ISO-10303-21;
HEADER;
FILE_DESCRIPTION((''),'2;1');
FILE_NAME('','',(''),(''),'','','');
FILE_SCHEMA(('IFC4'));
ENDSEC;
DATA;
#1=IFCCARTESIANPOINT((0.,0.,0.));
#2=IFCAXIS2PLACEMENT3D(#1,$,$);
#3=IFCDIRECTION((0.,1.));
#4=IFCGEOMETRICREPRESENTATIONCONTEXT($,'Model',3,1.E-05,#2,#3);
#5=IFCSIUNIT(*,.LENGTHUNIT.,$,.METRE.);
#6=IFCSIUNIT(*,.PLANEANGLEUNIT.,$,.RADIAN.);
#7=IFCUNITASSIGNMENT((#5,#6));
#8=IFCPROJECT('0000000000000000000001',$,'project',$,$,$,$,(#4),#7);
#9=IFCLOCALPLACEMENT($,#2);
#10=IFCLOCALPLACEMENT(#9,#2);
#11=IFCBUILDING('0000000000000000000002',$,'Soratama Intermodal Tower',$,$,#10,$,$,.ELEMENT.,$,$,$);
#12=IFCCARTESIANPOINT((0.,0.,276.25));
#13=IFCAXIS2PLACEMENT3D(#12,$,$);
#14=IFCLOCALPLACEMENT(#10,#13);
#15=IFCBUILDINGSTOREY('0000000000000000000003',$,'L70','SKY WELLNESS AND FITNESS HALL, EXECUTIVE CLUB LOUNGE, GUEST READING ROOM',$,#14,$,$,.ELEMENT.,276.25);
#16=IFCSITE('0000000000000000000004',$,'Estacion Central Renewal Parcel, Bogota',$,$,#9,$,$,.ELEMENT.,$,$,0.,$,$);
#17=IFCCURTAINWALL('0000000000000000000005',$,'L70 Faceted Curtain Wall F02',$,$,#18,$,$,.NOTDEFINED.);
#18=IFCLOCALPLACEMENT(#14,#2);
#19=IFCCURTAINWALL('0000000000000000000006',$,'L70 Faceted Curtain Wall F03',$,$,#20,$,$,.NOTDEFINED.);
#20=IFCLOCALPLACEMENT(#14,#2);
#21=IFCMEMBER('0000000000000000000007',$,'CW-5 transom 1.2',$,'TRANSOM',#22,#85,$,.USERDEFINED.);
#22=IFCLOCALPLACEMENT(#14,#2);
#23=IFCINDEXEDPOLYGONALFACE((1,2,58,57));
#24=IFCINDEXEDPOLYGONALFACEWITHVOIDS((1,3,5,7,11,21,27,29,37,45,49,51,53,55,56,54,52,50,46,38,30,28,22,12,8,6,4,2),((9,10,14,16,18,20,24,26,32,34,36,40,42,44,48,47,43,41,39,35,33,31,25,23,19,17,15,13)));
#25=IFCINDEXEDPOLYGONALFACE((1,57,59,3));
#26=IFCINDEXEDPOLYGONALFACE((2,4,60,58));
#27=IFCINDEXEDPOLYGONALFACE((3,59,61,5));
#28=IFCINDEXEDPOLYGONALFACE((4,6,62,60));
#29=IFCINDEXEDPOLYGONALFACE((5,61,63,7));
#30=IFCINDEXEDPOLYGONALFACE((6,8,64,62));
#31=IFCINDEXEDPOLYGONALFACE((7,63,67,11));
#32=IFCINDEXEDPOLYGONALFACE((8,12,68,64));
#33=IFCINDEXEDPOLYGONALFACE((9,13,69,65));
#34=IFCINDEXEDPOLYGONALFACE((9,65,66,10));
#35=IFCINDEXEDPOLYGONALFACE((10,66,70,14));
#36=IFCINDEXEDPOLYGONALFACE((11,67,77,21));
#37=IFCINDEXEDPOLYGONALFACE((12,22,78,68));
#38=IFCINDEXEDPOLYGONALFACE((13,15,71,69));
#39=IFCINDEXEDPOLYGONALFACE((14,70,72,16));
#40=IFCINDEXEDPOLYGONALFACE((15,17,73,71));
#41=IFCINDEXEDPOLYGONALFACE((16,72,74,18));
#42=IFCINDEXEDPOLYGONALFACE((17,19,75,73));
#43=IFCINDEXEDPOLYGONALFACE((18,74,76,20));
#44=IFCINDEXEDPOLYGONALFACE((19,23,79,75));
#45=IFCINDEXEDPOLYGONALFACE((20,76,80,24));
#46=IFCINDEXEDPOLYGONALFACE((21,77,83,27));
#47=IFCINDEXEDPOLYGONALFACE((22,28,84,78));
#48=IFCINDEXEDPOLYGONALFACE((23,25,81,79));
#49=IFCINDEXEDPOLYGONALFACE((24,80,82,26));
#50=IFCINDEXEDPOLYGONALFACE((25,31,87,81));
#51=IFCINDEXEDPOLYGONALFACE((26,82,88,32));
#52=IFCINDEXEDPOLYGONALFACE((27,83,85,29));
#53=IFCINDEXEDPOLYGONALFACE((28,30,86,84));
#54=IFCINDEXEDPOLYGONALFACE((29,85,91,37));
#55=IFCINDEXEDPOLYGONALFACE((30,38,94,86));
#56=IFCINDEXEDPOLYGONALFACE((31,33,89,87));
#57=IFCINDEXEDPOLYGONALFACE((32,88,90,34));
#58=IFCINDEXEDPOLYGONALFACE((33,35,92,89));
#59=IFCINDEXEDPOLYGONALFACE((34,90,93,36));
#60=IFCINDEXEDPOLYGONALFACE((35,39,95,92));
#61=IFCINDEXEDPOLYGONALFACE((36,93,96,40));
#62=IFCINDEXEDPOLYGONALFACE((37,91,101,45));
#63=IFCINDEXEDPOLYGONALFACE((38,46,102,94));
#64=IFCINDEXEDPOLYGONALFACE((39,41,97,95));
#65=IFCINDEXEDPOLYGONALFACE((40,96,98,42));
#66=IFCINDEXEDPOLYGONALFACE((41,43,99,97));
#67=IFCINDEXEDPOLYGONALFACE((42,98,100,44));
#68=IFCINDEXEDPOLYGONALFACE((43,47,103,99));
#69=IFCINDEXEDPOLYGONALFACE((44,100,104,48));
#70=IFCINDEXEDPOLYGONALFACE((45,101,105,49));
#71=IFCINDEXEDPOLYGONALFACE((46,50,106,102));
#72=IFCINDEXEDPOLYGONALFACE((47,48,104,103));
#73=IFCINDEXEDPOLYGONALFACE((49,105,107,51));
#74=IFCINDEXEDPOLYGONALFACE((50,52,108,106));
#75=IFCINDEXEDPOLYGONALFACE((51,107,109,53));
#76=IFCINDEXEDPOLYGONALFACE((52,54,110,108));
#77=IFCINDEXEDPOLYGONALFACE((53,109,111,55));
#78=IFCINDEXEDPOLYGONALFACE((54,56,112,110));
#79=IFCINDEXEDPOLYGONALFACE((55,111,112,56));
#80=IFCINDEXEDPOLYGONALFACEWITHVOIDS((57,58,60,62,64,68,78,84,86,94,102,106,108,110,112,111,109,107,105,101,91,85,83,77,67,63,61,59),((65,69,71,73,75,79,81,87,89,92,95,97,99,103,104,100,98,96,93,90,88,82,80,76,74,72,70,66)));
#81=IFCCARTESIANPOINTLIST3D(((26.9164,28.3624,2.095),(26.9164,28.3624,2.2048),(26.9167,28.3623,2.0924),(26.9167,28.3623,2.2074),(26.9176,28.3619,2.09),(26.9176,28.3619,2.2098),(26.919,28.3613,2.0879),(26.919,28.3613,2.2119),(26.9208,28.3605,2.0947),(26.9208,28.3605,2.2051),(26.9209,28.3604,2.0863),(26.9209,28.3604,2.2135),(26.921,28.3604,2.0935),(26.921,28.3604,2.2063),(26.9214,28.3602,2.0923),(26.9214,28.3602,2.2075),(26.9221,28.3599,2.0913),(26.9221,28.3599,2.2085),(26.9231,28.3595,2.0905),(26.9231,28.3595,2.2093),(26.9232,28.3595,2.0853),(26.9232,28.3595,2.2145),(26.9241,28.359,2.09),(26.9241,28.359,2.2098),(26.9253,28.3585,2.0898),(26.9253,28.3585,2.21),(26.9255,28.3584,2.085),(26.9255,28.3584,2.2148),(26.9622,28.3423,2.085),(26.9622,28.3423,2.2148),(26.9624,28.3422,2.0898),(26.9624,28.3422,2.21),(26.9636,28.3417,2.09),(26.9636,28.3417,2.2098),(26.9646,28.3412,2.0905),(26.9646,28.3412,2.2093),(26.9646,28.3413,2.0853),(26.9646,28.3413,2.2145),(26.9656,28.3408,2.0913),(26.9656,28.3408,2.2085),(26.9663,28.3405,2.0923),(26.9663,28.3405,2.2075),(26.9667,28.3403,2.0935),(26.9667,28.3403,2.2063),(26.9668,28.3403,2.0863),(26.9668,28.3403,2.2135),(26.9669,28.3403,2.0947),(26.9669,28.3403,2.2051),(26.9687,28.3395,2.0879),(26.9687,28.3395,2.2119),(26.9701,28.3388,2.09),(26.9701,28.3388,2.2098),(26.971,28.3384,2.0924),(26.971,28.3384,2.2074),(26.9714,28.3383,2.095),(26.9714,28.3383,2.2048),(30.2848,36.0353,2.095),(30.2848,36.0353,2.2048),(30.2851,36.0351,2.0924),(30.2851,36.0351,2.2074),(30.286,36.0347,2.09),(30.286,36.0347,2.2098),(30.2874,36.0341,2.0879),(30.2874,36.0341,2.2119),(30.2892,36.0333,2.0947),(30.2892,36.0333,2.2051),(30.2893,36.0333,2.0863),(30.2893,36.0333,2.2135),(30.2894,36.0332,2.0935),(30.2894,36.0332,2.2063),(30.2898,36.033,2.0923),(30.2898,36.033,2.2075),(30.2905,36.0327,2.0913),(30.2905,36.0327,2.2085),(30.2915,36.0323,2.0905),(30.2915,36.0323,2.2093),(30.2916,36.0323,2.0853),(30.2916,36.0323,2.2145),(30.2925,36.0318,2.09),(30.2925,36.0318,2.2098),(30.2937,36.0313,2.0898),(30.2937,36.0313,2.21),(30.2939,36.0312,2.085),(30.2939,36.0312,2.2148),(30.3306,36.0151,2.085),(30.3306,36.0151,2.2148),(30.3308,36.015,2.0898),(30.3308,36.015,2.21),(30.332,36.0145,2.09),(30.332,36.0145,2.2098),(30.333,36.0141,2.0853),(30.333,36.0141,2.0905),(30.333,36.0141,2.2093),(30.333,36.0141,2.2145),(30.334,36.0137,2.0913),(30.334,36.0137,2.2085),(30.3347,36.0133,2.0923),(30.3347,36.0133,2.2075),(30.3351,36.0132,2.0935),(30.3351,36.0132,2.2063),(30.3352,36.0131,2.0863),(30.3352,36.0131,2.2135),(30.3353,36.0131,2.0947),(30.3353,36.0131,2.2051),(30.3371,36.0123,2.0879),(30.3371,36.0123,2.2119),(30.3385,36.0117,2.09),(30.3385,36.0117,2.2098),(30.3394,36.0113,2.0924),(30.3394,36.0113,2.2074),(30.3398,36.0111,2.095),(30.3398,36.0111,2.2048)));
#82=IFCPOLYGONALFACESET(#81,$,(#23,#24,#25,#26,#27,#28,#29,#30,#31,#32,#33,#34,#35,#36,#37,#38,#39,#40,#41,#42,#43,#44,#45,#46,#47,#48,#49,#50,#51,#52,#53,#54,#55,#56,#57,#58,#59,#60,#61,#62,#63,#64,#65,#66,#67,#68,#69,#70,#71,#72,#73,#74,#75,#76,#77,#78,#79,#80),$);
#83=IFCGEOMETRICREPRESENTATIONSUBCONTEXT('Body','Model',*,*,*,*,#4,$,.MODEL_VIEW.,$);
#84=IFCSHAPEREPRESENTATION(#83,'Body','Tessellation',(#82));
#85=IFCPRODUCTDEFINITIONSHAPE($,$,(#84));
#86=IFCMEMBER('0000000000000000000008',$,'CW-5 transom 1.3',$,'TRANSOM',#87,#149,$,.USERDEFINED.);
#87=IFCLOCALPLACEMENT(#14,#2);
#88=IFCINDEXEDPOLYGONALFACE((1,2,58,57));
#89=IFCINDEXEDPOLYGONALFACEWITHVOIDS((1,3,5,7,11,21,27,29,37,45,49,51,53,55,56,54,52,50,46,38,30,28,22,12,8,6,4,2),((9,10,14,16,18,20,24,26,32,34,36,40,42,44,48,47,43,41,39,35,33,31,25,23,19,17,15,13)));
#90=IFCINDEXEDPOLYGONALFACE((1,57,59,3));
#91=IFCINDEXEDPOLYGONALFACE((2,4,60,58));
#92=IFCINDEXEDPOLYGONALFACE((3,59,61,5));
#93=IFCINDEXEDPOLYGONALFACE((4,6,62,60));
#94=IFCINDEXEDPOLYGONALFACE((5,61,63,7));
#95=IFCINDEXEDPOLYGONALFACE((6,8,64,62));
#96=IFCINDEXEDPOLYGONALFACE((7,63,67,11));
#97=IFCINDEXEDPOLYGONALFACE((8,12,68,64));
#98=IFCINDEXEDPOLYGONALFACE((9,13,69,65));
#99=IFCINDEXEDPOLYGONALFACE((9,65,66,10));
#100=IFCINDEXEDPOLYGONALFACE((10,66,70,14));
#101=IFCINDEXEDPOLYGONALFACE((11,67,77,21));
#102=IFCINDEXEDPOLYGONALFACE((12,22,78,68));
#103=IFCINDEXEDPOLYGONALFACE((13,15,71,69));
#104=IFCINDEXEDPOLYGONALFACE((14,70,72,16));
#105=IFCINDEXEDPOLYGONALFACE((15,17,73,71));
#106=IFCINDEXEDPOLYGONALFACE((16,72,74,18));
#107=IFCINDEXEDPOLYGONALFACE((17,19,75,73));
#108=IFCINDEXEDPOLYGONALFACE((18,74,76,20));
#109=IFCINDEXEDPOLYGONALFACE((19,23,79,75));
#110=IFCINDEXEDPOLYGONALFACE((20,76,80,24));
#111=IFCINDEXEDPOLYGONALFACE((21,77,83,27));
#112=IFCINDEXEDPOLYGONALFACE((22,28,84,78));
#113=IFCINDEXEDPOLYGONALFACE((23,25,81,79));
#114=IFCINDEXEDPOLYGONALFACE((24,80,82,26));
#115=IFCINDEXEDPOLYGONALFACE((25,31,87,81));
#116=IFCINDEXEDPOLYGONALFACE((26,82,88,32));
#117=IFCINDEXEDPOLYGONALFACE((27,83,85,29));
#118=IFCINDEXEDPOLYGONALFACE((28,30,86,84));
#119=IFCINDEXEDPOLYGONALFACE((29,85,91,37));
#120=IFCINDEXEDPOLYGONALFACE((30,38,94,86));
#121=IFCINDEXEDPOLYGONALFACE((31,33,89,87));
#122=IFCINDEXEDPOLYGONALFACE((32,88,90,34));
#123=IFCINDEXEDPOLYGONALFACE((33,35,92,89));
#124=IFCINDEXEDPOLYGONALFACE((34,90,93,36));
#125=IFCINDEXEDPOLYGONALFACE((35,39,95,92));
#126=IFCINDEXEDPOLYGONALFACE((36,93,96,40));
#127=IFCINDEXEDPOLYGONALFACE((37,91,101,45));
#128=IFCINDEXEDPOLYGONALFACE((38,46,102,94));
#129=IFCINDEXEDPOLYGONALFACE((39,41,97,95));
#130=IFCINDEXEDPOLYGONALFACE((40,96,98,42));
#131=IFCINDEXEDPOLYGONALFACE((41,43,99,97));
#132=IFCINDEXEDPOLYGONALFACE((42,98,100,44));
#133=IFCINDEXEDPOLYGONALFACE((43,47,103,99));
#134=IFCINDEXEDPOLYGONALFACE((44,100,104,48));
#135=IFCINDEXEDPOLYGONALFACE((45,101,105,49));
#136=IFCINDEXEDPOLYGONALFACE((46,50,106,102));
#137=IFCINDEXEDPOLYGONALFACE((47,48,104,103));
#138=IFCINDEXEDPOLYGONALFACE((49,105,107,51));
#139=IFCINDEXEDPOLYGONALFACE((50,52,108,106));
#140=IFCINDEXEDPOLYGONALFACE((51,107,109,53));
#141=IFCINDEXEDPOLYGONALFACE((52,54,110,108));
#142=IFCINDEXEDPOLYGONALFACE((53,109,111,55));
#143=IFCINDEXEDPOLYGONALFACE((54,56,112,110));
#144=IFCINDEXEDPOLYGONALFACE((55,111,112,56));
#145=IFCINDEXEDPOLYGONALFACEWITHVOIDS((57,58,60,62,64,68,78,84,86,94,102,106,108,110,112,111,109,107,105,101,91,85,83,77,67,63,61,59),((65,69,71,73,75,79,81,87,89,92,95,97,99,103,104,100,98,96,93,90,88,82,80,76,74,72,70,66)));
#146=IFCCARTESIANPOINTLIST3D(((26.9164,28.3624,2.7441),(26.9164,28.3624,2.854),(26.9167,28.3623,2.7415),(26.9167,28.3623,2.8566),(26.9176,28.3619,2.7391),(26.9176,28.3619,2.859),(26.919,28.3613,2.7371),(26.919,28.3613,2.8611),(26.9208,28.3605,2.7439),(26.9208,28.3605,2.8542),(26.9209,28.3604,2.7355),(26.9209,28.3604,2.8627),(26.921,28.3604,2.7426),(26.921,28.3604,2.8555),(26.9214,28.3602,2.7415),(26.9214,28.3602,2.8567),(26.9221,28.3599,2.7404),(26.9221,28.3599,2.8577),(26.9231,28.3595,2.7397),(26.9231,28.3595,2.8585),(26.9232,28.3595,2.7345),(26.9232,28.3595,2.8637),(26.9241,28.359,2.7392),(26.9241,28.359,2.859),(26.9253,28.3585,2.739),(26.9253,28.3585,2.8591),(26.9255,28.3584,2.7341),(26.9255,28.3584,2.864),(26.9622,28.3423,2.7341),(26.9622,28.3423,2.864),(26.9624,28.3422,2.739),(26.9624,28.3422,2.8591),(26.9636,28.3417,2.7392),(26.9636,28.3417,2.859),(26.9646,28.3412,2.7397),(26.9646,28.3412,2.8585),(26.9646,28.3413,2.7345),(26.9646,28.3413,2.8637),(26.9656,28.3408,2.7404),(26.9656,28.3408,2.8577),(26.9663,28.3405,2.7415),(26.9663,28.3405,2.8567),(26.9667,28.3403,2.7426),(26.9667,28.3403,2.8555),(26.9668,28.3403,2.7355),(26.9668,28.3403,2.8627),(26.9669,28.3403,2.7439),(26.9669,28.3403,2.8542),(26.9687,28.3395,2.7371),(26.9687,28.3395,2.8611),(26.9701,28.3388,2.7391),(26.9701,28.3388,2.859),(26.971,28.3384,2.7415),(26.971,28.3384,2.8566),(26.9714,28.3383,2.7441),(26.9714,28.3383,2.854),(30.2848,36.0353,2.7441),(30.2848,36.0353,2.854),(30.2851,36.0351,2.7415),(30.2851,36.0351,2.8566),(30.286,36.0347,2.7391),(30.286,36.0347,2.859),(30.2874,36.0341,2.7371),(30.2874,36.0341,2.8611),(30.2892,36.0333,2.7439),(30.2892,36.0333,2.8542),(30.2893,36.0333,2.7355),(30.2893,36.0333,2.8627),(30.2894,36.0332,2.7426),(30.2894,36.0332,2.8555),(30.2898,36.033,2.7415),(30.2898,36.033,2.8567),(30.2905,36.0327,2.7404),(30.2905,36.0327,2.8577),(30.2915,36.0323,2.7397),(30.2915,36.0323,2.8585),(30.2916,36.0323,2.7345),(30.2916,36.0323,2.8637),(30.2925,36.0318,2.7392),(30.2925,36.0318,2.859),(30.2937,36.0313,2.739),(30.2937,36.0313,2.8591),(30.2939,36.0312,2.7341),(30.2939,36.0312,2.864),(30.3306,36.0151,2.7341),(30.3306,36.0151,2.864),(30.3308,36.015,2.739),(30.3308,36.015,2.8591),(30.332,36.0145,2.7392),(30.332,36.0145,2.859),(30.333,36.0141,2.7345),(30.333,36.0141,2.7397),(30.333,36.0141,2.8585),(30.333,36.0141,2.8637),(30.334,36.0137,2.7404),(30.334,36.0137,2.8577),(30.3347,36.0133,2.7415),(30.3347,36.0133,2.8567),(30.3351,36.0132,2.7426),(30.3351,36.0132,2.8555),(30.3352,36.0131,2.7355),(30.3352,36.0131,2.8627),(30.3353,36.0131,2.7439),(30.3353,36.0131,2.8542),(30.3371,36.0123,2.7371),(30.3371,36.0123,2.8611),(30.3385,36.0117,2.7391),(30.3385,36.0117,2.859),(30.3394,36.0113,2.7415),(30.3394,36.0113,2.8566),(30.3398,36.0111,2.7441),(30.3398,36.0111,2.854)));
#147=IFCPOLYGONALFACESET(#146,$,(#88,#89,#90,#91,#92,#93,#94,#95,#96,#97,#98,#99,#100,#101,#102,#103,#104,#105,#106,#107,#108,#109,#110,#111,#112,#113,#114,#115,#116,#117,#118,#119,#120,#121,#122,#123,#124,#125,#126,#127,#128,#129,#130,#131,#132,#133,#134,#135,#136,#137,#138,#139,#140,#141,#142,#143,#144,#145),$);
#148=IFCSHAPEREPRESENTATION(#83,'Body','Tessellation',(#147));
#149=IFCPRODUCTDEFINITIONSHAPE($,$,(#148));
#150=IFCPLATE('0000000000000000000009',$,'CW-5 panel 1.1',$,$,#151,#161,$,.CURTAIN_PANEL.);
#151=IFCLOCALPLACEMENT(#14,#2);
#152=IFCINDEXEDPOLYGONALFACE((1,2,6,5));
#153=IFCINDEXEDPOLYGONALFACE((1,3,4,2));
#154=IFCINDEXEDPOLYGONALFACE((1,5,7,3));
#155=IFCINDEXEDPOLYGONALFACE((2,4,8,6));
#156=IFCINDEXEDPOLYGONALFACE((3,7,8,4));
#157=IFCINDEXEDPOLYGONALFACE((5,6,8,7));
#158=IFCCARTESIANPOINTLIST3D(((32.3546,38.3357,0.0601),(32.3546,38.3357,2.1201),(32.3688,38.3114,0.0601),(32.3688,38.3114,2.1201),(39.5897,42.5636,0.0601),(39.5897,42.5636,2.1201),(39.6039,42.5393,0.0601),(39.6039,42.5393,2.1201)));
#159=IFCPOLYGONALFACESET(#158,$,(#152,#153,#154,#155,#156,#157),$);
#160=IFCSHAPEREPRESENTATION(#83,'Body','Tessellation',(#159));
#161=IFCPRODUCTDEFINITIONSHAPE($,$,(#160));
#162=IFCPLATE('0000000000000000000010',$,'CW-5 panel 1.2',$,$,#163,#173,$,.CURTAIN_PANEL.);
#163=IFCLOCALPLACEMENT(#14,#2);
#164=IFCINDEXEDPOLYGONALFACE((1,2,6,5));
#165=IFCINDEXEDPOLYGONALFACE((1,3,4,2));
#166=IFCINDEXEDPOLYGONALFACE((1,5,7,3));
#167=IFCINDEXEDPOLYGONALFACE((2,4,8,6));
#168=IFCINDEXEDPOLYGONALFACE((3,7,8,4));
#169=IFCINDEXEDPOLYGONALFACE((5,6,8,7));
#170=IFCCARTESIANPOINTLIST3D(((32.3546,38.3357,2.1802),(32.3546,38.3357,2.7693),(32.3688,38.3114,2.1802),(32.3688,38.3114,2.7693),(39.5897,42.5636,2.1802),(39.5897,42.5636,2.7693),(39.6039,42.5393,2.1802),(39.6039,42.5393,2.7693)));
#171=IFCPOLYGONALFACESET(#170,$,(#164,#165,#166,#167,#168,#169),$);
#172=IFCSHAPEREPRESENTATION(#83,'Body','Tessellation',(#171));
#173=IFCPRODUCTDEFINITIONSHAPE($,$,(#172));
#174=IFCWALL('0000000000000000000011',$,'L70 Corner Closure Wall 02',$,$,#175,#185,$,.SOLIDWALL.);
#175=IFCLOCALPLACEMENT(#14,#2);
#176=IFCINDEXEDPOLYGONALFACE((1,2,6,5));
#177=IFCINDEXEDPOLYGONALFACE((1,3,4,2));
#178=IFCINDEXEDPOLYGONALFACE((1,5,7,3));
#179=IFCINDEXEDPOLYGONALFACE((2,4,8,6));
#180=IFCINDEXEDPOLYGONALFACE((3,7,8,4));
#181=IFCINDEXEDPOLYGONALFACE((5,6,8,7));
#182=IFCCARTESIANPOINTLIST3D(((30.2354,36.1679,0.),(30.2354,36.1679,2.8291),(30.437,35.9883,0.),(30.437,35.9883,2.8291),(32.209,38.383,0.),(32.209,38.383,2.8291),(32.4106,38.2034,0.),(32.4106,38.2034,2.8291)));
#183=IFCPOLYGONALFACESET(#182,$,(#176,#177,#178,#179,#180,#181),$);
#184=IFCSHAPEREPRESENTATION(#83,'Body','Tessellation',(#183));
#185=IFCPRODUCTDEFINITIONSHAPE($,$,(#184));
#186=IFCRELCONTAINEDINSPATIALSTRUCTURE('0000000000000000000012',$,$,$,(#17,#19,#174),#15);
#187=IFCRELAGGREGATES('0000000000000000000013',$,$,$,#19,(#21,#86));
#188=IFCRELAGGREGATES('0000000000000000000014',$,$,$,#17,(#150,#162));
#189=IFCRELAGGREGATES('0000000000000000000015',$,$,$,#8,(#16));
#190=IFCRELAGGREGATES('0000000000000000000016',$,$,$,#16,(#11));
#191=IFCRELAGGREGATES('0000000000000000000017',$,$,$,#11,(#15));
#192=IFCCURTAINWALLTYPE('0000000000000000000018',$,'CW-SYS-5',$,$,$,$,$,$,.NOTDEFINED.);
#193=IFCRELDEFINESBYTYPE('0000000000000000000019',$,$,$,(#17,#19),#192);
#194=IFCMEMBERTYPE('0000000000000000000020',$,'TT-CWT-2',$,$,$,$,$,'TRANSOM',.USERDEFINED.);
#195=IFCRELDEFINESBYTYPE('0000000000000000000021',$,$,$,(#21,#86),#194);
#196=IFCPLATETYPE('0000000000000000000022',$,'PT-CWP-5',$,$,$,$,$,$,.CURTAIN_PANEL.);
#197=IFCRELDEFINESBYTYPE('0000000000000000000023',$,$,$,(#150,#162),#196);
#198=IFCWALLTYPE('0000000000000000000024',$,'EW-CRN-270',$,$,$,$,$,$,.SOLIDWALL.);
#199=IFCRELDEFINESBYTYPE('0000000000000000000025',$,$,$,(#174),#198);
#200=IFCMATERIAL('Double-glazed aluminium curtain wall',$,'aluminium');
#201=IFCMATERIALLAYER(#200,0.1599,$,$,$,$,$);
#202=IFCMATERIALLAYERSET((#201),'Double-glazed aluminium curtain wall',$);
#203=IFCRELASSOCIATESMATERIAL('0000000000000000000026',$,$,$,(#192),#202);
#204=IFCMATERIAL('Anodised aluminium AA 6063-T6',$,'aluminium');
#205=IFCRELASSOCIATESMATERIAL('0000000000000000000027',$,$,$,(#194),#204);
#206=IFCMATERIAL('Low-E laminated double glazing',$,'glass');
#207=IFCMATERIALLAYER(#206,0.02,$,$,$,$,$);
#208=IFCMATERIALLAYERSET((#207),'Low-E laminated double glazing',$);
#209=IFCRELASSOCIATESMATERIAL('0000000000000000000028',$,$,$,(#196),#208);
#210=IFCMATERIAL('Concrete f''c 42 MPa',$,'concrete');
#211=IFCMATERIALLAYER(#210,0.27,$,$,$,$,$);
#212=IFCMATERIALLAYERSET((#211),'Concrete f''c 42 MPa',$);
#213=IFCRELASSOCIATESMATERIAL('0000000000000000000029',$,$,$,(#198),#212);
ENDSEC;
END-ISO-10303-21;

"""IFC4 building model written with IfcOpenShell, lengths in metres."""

from ifc_helpers import new_model, si_unit, direction, frame, frame_2d, origin, origin_2d, place, context, subcontext, project, spatial, rectangle, hollow_rectangle, extrude, material, layer, layer_set, material_profile, profile_set, type_object, element, aggregate, save


model = new_model("IFC4")

# Units and contexts
model_context = context("Model", 3, precision=1e-05, world=origin(), true_north=direction((0.0, 1.0)))
body_context = subcontext(model_context, "Body", "Model", "MODEL_VIEW")
ifc_project = project(units=[si_unit("LENGTHUNIT", "METRE"), si_unit("PLANEANGLEUNIT", "RADIAN")], contexts=[model_context])

# Site, building, storey
site_placement = place(None, origin())
site = spatial("IfcSite", under=ifc_project, at=site_placement, Name="Estacion Central Renewal Parcel, Bogota", CompositionType="ELEMENT", RefElevation=0.0)
building_placement = place(site_placement, origin())
building = spatial("IfcBuilding", under=site, at=building_placement, Name="Soratama Intermodal Tower", CompositionType="ELEMENT")
storey_placement = place(building_placement, frame((0.0, 0.0, 276.25)))
storey = spatial("IfcBuildingStorey", under=building, at=storey_placement, Name="L70", Description="SKY WELLNESS AND FITNESS HALL, EXECUTIVE CLUB LOUNGE, GUEST READING ROOM", CompositionType="ELEMENT", Elevation=276.25)

# Curtain wall
ifc_material_1 = material(Name="Double-glazed aluminium curtain wall", Category="aluminium")
ifc_layer_1 = layer(ifc_material_1, 0.1599)
ifc_layer_set_1 = layer_set([ifc_layer_1], Name="Double-glazed aluminium curtain wall")
curtain_wall_type = type_object("IfcCurtainWallType", Name="CW-SYS-5", PredefinedType="NOTDEFINED", material=ifc_layer_set_1)
curtain_wall_1_placement = place(storey_placement, origin())
curtain_wall_1 = element("IfcCurtainWall", 1, at=curtain_wall_1_placement, inside=storey, type_object=curtain_wall_type, Name="L70 Faceted Curtain Wall F02", PredefinedType="NOTDEFINED")

# Curtain wall
curtain_wall_2_placement = place(storey_placement, origin())
curtain_wall_2 = element("IfcCurtainWall", 2, at=curtain_wall_2_placement, inside=storey, type_object=curtain_wall_type, Name="L70 Faceted Curtain Wall F03", PredefinedType="NOTDEFINED")

# Members
ifc_material_2 = material(Name="Anodised aluminium AA 6063-T6", Category="aluminium")
ifc_material_profile_1 = material_profile(ifc_material_2, hollow_rectangle(XDim=0.0601, YDim=0.1299, WallThickness=0.0049, InnerFilletRadius=0.0049, OuterFilletRadius=0.01, at=origin_2d()), Name="CWT130X60X5")
ifc_profile_set_1 = profile_set([ifc_material_profile_1], Name="Anodised aluminium AA 6063-T6")
member_type_1 = type_object("IfcMemberType", Name="TT-CWT-2", ElementType="TRANSOM", PredefinedType="USERDEFINED", material=ifc_profile_set_1)
member_1_placement = place(storey_placement, frame((30.3123, 36.0232, 2.1499), z_axis=(-0.401974, -0.915651, 0.0), x_axis=(0.915651, -0.401974, 0.0)))
member_1 = element("IfcMember", 3, at=member_1_placement, type_object=member_type_1, Name="CW-5 transom 1.2", ObjectType="TRANSOM", PredefinedType="USERDEFINED", context=body_context, shape_type="SweptSolid", body=[
    extrude(hollow_rectangle(XDim=0.0601, YDim=0.1299, WallThickness=0.0049, InnerFilletRadius=0.0049, OuterFilletRadius=0.01, at=origin_2d()), origin(), (0.0, 0.0, 1.0), 8.3796),
])
member_2_placement = place(storey_placement, frame((30.3123, 36.0232, 2.7991), z_axis=(-0.401974, -0.915651, 0.0), x_axis=(0.915651, -0.401974, 0.0)))
member_2 = element("IfcMember", 4, at=member_2_placement, type_object=member_type_1, Name="CW-5 transom 1.3", ObjectType="TRANSOM", PredefinedType="USERDEFINED", context=body_context, shape_type="SweptSolid", body=[
    extrude(hollow_rectangle(XDim=0.0601, YDim=0.1299, WallThickness=0.0049, InnerFilletRadius=0.0049, OuterFilletRadius=0.01, at=origin_2d()), origin(), (0.0, 0.0, 1.0), 8.3796),
])
aggregate(curtain_wall_2, [member_1, member_2])

# Plates
ifc_material_3 = material(Name="Low-E laminated double glazing", Category="glass")
ifc_layer_2 = layer(ifc_material_3, 0.02)
ifc_layer_set_2 = layer_set([ifc_layer_2], Name="Low-E laminated double glazing")
plate_type = type_object("IfcPlateType", Name="PT-CWP-5", PredefinedType="CURTAIN_PANEL", material=ifc_layer_set_2)
plate_1_placement = place(storey_placement, frame((35.9792, 40.4375, 0.0601), z_axis=(0.0, 0.0, 1.0), x_axis=(-0.863395, -0.504528, 0.0)))
plate_1 = element("IfcPlate", 5, at=plate_1_placement, type_object=plate_type, Name="CW-5 panel 1.1", PredefinedType="CURTAIN_PANEL", context=body_context, shape_type="SweptSolid", body=[
    extrude(rectangle(XDim=8.3799, YDim=0.0281, at=origin_2d()), origin(), (0.0, 0.0, 1.0), 2.0601),
])
plate_2_placement = place(storey_placement, frame((35.9792, 40.4375, 2.1802), z_axis=(0.0, 0.0, 1.0), x_axis=(-0.863395, -0.504528, 0.0)))
plate_2 = element("IfcPlate", 6, at=plate_2_placement, type_object=plate_type, Name="CW-5 panel 1.2", PredefinedType="CURTAIN_PANEL", context=body_context, shape_type="SweptSolid", body=[
    extrude(rectangle(XDim=8.3799, YDim=0.0281, at=origin_2d()), origin(), (0.0, 0.0, 1.0), 0.5891),
])
aggregate(curtain_wall_1, [plate_1, plate_2])

# Wall
ifc_material_4 = material(Name="Concrete f'c 42 MPa", Category="concrete")
ifc_layer_3 = layer(ifc_material_4, 0.27)
ifc_layer_set_3 = layer_set([ifc_layer_3], Name="Concrete f'c 42 MPa")
wall_type_1 = type_object("IfcWallType", Name="EW-CRN-270", PredefinedType="SOLIDWALL", material=ifc_layer_set_3)
wall_1_placement = place(storey_placement, frame((32.3098, 38.2932, 0.0), z_axis=(0.0, 0.0, 1.0), x_axis=(-0.665242, -0.746628, 0.0)))
element("IfcWall", 7, at=wall_1_placement, inside=storey, type_object=wall_type_1, Name="L70 Corner Closure Wall 02", PredefinedType="SOLIDWALL", context=body_context, shape_type="SweptSolid", body=[
    extrude(rectangle(XDim=2.9668, YDim=0.27, at=frame_2d((1.4834, 0.0))), origin(), (0.0, 0.0, 1.0), 2.8291),
])

save(model, "model.ifc")
